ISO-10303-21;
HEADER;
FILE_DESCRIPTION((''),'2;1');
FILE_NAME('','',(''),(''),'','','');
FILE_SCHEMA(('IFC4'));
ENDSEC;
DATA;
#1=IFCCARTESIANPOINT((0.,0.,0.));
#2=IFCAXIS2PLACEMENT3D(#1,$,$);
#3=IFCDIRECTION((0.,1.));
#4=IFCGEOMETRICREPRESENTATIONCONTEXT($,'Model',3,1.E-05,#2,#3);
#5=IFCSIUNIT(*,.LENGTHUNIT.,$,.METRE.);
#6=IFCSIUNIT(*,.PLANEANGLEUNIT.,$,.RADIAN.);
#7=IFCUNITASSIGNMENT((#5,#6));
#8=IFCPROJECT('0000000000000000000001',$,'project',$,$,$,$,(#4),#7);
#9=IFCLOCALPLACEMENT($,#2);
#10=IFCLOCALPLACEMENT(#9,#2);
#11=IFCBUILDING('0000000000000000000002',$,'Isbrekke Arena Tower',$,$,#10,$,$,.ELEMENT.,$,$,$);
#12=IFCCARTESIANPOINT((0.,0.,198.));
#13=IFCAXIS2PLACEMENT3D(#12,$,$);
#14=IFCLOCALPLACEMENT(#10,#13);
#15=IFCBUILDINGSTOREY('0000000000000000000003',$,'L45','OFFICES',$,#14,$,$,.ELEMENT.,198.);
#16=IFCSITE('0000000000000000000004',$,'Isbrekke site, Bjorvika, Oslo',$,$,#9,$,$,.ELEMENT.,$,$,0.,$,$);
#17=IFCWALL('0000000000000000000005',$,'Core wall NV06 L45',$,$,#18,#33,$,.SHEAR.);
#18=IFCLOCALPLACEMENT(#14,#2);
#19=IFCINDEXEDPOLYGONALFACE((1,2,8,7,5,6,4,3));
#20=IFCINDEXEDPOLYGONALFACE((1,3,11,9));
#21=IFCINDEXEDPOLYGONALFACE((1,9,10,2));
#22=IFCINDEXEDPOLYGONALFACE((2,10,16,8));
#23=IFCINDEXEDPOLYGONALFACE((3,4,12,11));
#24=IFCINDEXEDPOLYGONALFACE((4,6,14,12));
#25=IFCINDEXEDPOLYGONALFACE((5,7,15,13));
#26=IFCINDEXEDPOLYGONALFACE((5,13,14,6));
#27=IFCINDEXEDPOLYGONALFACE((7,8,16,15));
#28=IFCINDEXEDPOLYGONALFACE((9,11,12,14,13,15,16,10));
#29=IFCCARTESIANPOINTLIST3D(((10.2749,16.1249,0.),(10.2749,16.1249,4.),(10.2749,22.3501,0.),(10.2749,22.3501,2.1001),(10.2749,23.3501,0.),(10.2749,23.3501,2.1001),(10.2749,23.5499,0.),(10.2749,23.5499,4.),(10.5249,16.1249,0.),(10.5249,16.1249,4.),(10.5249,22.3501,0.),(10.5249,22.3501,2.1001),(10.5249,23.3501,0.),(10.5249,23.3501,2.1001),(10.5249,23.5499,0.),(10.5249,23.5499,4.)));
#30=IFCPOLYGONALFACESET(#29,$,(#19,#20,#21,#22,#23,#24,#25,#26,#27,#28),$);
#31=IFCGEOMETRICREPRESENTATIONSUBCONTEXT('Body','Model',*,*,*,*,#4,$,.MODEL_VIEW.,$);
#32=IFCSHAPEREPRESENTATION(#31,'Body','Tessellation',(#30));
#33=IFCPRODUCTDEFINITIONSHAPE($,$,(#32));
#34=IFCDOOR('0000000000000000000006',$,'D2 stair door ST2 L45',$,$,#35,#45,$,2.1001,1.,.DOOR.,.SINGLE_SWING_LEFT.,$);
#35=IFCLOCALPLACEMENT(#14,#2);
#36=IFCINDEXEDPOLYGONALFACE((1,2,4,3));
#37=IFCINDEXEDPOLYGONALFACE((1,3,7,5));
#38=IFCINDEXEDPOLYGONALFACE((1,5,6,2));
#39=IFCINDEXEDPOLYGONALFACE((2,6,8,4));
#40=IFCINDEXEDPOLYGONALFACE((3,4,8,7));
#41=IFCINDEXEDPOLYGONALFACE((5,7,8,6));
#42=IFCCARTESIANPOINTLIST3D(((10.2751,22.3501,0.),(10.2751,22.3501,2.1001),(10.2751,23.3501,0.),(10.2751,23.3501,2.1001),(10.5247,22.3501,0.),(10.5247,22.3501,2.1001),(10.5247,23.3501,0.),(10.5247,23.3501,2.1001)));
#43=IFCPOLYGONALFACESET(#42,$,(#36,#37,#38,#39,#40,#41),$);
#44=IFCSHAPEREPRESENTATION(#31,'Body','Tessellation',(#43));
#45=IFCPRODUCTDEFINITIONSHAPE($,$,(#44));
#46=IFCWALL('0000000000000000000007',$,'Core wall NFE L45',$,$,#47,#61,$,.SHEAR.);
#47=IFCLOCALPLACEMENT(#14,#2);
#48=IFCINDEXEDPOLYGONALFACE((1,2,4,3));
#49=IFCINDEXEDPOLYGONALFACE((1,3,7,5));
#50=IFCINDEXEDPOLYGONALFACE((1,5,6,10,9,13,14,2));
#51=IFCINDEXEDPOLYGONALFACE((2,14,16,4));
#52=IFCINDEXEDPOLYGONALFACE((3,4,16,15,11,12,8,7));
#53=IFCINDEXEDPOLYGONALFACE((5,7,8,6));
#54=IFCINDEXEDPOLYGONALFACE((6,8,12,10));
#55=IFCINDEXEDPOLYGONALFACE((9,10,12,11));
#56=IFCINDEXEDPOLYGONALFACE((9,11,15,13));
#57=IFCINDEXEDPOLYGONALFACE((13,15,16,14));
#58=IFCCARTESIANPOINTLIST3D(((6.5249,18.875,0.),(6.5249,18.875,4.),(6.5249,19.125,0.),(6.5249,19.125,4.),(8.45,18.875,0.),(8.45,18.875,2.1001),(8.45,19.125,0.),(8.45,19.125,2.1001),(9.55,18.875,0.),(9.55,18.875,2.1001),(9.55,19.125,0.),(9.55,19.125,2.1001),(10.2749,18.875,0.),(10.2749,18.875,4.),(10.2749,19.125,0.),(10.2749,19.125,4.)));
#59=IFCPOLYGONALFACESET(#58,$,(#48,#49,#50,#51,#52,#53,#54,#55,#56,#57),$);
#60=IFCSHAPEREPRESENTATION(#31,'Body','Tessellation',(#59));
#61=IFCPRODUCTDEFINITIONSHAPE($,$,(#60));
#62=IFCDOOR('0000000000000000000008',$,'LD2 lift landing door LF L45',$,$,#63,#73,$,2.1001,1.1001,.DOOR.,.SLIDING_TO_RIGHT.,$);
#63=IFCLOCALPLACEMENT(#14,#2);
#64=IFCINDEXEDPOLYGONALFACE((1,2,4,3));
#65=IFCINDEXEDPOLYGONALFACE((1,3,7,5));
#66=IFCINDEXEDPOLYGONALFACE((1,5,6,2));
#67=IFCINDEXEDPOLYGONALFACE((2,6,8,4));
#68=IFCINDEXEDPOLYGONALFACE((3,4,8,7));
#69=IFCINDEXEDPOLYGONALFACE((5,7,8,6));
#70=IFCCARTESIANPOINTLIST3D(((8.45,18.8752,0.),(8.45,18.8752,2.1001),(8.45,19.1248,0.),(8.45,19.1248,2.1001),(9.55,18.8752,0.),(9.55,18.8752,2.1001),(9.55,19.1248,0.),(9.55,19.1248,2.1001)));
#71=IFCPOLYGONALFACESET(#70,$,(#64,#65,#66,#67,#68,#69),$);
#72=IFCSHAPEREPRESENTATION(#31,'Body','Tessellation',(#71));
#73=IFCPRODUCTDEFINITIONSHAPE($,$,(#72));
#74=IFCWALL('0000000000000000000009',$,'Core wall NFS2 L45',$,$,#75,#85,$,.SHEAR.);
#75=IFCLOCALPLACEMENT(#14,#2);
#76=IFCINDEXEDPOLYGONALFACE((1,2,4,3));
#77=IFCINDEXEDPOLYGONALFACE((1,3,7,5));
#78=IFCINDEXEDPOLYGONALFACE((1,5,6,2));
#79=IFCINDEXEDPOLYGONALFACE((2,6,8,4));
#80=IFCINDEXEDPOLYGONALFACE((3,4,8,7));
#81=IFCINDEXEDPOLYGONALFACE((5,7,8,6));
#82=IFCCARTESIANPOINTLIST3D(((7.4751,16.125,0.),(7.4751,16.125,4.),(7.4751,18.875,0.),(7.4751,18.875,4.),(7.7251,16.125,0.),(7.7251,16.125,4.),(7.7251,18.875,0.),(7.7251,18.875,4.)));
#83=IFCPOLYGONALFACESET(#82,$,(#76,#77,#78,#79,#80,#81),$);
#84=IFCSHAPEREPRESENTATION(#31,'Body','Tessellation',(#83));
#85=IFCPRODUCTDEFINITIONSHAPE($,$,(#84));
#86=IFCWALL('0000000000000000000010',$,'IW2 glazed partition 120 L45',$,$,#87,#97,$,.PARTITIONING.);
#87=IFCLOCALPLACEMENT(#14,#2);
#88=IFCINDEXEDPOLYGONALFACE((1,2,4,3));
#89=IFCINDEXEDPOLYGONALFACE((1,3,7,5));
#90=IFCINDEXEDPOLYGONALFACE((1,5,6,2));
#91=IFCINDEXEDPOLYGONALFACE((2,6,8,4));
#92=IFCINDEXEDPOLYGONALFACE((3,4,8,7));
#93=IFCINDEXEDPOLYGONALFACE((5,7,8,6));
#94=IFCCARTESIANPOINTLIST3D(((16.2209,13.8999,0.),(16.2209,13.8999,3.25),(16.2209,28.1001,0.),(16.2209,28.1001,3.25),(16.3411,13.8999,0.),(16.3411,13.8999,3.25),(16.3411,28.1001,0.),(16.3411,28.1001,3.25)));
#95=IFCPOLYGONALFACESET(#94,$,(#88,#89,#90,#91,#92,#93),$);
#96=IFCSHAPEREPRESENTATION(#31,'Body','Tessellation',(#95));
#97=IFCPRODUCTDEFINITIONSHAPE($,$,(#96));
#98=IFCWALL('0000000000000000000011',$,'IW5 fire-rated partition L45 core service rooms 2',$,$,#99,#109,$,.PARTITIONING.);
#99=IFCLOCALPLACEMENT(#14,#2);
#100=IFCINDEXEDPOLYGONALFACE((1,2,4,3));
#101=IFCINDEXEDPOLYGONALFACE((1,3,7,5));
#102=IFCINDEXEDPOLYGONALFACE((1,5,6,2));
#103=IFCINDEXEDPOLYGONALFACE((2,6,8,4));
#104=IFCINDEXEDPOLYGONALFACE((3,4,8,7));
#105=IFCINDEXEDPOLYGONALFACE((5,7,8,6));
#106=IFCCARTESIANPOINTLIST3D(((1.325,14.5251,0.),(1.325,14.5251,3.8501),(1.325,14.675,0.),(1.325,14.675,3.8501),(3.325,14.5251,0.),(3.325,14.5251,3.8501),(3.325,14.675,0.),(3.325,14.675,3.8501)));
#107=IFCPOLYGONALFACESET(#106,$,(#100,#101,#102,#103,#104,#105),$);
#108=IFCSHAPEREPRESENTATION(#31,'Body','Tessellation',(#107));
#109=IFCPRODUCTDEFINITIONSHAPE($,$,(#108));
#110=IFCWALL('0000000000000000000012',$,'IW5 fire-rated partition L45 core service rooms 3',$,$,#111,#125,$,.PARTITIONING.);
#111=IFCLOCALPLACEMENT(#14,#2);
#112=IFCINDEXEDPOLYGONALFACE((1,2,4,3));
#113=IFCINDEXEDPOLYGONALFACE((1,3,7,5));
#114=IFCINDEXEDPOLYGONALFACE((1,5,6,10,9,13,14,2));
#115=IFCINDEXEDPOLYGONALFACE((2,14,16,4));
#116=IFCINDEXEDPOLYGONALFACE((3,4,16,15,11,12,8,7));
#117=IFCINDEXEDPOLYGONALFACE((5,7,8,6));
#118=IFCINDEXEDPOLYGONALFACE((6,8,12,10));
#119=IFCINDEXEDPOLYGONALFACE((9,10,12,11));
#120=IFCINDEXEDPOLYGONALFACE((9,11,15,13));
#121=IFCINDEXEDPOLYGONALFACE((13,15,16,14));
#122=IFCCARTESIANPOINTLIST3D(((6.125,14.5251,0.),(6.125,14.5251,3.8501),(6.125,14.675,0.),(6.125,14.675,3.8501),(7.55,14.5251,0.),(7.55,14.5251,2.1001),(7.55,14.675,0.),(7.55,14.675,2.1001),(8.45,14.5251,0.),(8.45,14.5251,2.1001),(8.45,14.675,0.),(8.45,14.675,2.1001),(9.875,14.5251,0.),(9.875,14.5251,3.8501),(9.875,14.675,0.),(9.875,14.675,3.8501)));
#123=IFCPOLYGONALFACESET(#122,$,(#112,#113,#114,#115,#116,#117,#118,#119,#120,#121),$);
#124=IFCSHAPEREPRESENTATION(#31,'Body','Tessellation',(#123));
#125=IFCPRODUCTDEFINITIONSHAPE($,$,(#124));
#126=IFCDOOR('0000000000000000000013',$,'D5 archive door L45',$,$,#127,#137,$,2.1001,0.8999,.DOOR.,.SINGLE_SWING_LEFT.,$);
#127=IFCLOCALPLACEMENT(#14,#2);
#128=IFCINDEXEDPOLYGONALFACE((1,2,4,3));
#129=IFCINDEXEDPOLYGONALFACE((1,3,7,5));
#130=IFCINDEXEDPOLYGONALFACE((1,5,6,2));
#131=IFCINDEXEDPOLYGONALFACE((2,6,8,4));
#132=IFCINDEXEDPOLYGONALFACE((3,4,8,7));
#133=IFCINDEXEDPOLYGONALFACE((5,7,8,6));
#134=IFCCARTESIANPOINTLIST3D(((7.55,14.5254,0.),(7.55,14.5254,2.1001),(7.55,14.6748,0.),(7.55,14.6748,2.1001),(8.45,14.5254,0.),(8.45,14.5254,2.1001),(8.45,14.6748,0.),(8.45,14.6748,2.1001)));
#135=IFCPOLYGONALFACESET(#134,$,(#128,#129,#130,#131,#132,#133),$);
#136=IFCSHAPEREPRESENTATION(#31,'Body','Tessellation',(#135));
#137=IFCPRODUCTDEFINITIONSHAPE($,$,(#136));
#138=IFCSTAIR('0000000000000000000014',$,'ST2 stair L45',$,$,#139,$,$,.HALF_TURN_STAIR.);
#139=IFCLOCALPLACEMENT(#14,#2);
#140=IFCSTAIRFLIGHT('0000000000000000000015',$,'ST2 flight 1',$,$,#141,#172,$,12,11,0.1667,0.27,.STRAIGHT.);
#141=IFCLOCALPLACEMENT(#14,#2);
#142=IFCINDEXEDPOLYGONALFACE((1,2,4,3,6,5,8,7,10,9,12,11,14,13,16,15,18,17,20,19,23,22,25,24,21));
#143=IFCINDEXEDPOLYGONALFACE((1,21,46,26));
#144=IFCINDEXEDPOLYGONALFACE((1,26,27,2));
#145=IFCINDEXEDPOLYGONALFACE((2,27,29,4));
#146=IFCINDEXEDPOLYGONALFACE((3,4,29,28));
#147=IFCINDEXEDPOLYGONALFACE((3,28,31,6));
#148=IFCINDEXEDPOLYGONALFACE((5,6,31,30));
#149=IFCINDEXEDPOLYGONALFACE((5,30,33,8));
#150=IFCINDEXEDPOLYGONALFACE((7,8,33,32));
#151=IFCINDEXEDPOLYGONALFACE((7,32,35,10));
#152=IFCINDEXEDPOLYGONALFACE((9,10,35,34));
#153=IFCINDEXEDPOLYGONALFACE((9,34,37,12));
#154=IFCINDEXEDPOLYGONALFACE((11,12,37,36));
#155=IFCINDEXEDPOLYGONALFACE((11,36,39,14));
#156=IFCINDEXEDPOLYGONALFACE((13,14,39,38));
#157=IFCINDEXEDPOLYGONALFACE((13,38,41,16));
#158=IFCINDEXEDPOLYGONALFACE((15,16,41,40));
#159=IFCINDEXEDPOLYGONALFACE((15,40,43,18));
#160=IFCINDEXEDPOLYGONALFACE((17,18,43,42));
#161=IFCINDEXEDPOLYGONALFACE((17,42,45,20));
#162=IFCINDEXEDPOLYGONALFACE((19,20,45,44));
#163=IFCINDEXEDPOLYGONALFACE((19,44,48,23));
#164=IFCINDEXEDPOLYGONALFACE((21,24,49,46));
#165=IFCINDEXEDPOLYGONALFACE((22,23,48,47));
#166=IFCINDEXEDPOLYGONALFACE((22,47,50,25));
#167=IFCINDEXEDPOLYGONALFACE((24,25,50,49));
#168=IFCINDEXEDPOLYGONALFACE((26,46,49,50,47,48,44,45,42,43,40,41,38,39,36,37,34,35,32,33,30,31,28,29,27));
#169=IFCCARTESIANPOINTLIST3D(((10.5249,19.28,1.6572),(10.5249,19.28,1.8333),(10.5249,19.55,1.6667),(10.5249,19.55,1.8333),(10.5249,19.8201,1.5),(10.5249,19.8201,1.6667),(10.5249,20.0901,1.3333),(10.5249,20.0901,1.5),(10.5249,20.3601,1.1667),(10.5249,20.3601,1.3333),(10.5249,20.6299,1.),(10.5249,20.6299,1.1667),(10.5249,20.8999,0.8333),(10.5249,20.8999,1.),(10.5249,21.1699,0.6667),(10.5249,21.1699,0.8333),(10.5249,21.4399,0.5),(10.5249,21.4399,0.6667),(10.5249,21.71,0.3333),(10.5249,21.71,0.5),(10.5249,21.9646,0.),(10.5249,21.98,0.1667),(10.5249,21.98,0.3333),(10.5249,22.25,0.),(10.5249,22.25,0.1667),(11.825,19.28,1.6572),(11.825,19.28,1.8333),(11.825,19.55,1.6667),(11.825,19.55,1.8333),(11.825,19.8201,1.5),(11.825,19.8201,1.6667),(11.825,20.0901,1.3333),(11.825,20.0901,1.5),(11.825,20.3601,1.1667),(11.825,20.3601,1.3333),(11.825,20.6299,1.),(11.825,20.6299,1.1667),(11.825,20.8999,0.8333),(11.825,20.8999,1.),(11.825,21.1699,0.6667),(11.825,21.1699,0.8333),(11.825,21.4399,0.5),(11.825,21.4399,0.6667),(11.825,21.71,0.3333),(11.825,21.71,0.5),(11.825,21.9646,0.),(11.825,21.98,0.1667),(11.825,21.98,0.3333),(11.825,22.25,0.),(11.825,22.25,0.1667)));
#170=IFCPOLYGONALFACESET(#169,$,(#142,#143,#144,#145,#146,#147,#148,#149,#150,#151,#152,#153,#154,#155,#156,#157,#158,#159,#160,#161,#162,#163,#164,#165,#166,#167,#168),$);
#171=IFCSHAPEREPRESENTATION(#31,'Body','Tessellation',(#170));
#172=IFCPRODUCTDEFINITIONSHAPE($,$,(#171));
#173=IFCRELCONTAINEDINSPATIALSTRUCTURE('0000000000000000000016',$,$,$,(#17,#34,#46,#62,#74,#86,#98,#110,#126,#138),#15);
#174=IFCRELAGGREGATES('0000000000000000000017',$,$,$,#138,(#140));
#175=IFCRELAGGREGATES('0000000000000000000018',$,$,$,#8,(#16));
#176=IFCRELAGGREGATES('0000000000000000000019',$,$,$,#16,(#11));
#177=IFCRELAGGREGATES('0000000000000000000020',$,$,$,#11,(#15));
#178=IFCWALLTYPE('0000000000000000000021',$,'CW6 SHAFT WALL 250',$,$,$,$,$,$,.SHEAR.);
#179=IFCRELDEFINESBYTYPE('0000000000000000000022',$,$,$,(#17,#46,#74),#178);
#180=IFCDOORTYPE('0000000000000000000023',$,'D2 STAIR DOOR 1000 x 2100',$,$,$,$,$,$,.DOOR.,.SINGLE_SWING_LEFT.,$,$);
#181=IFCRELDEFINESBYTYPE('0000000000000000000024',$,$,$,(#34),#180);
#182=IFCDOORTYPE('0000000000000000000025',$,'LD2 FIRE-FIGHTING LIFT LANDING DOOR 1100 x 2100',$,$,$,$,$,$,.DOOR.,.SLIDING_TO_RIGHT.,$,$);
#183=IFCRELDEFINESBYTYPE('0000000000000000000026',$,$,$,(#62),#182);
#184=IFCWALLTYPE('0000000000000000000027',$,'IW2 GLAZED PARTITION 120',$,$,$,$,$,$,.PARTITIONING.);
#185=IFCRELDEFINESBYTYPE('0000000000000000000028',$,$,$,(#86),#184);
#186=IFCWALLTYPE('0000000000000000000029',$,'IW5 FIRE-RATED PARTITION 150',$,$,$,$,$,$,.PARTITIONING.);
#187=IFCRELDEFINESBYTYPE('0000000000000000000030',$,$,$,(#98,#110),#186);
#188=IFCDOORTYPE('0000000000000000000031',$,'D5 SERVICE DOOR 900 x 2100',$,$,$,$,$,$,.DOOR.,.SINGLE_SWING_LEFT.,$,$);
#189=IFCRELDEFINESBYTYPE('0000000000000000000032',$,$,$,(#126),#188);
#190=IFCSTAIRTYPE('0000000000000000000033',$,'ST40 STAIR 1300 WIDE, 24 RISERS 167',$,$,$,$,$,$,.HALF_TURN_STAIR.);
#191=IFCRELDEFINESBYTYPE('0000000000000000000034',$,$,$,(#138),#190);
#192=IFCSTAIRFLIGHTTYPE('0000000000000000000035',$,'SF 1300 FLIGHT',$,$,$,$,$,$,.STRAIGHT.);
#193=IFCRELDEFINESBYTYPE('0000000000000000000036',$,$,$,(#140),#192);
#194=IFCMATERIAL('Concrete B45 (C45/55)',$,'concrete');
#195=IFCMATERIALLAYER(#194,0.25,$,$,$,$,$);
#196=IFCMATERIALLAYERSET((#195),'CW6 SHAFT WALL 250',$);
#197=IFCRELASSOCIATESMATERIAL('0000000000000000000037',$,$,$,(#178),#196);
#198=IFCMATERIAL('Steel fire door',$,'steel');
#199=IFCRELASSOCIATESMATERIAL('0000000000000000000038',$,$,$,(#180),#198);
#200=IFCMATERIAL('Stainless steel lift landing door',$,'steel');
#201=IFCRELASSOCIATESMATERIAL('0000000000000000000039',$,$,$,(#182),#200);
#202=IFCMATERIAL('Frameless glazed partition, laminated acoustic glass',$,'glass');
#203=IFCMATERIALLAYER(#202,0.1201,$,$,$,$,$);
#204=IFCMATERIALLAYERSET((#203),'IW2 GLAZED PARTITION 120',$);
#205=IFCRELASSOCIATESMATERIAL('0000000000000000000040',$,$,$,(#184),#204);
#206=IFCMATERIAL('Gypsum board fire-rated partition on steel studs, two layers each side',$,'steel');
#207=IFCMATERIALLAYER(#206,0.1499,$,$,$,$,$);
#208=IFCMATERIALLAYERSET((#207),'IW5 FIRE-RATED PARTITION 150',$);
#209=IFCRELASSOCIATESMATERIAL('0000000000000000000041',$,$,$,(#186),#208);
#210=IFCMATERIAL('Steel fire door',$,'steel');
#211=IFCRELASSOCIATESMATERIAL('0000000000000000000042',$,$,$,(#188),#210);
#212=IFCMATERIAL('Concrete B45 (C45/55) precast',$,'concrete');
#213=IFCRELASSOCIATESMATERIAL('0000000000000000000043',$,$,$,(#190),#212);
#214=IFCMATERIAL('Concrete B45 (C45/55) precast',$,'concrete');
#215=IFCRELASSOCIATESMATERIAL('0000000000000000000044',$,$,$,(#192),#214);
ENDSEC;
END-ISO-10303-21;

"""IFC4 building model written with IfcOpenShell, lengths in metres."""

from ifc_helpers import new_model, si_unit, direction, frame, frame_2d, origin, place, context, subcontext, project, spatial, polyline, rectangle, outline, extrude, material, layer, layer_set, type_object, element, fill, aggregate, save


model = new_model("IFC4")

# Units and contexts
model_context = context("Model", 3, precision=1e-05, world=origin(), true_north=direction((0.0, 1.0)))
body_context = subcontext(model_context, "Body", "Model", "MODEL_VIEW")
ifc_project = project(units=[si_unit("LENGTHUNIT", "METRE"), si_unit("PLANEANGLEUNIT", "RADIAN")], contexts=[model_context])

# Site, building, storey
site_placement = place(None, origin())
site = spatial("IfcSite", under=ifc_project, at=site_placement, Name="Isbrekke site, Bjorvika, Oslo", CompositionType="ELEMENT", RefElevation=0.0)
building_placement = place(site_placement, origin())
building = spatial("IfcBuilding", under=site, at=building_placement, Name="Isbrekke Arena Tower", CompositionType="ELEMENT")
storey_placement = place(building_placement, frame((0.0, 0.0, 198.0)))
storey = spatial("IfcBuildingStorey", under=building, at=storey_placement, Name="L45", Description="OFFICES", CompositionType="ELEMENT", Elevation=198.0)

# Shared definitions
ifc_material_1 = material(Name="Concrete B45 (C45/55)", Category="concrete")
ifc_layer_1 = layer(ifc_material_1, 0.25)
ifc_layer_set_1 = layer_set([ifc_layer_1], Name="CW6 SHAFT WALL 250")
wall_type_1 = type_object("IfcWallType", Name="CW6 SHAFT WALL 250", PredefinedType="SHEAR", material=ifc_layer_set_1)

# Walls, openings, doors
wall_1_placement = place(storey_placement, frame((10.3999, 16.125, 0.0), z_axis=(0.0, 0.0, 1.0), x_axis=(0.0, 1.0, 0.0)))
wall_1 = element("IfcWall", 1, at=wall_1_placement, inside=storey, type_object=wall_type_1, Name="Core wall NV06 L45", PredefinedType="SHEAR", context=body_context, shape_type="SweptSolid", body=[
    extrude(rectangle(XDim=7.425, YDim=0.25, at=frame_2d((3.7124, 0.0))), origin(), (0.0, 0.0, 1.0), 4.0),
])
opening_1_placement = place(wall_1_placement, frame((6.2251, 0.0, 0.0)))
opening_1 = element("IfcOpeningElement", 2, at=opening_1_placement, cuts=wall_1, PredefinedType="OPENING", context=body_context, shape_type="SweptSolid", body=[
    extrude(rectangle(XDim=1.0, YDim=2.1001, at=frame_2d((0.5, 1.05))), frame((0.0, 0.1399, 0.0), z_axis=(0.0, -1.0, 0.0), x_axis=(1.0, 0.0, 0.0)), (0.0, 0.0, 1.0), 0.2798),
])
ifc_material_2 = material(Name="Steel fire door", Category="steel")
door_type_1 = type_object("IfcDoorType", Name="D2 STAIR DOOR 1000 x 2100", OperationType="SINGLE_SWING_LEFT", PredefinedType="DOOR", material=ifc_material_2)
door_1_placement = place(opening_1_placement, origin())
door_1 = element("IfcDoor", 3, at=door_1_placement, inside=storey, type_object=door_type_1, Name="D2 stair door ST2 L45", OperationType="SINGLE_SWING_LEFT", OverallHeight=2.1001, OverallWidth=1.0, PredefinedType="DOOR", context=body_context, shape_type="SweptSolid", body=[
    extrude(rectangle(XDim=1.0, YDim=2.1001, at=frame_2d((0.5, 1.05))), frame((0.0, 0.1248, 0.0), z_axis=(0.0, -1.0, 0.0), x_axis=(1.0, 0.0, 0.0)), (0.0, 0.0, 1.0), 0.2495),
])
fill(opening_1, door_1)
wall_2_placement = place(storey_placement, frame((6.5249, 19.0, 0.0), z_axis=(0.0, 0.0, 1.0), x_axis=(1.0, 0.0, 0.0)))
wall_2 = element("IfcWall", 4, at=wall_2_placement, inside=storey, type_object=wall_type_1, Name="Core wall NFE L45", PredefinedType="SHEAR", context=body_context, shape_type="SweptSolid", body=[
    extrude(rectangle(XDim=3.75, YDim=0.25, at=frame_2d((1.875, 0.0))), origin(), (0.0, 0.0, 1.0), 4.0),
])
opening_2_placement = place(wall_2_placement, frame((1.925, 0.0, 0.0)))
opening_2 = element("IfcOpeningElement", 5, at=opening_2_placement, cuts=wall_2, PredefinedType="OPENING", context=body_context, shape_type="SweptSolid", body=[
    extrude(rectangle(XDim=1.1001, YDim=2.1001, at=frame_2d((0.55, 1.05))), frame((0.0, 0.1399, 0.0), z_axis=(0.0, -1.0, 0.0), x_axis=(1.0, 0.0, 0.0)), (0.0, 0.0, 1.0), 0.2798),
])
ifc_material_3 = material(Name="Stainless steel lift landing door", Category="steel")
door_type_2 = type_object("IfcDoorType", Name="LD2 FIRE-FIGHTING LIFT LANDING DOOR 1100 x 2100", OperationType="SLIDING_TO_RIGHT", PredefinedType="DOOR", material=ifc_material_3)
door_2_placement = place(opening_2_placement, origin())
door_2 = element("IfcDoor", 6, at=door_2_placement, inside=storey, type_object=door_type_2, Name="LD2 lift landing door LF L45", OperationType="SLIDING_TO_RIGHT", OverallHeight=2.1001, OverallWidth=1.1001, PredefinedType="DOOR", context=body_context, shape_type="SweptSolid", body=[
    extrude(rectangle(XDim=1.1001, YDim=2.1001, at=frame_2d((0.55, 1.05))), frame((0.0, 0.1248, 0.0), z_axis=(0.0, -1.0, 0.0), x_axis=(1.0, 0.0, 0.0)), (0.0, 0.0, 1.0), 0.2495),
])
fill(opening_2, door_2)

# Walls
wall_3_placement = place(storey_placement, frame((7.6001, 16.125, 0.0), z_axis=(0.0, 0.0, 1.0), x_axis=(0.0, 1.0, 0.0)))
element("IfcWall", 7, at=wall_3_placement, inside=storey, type_object=wall_type_1, Name="Core wall NFS2 L45", PredefinedType="SHEAR", context=body_context, shape_type="SweptSolid", body=[
    extrude(rectangle(XDim=2.75, YDim=0.25, at=frame_2d((1.375, 0.0))), origin(), (0.0, 0.0, 1.0), 4.0),
])
ifc_material_4 = material(Name="Frameless glazed partition, laminated acoustic glass", Category="glass")
ifc_layer_2 = layer(ifc_material_4, 0.1201)
ifc_layer_set_2 = layer_set([ifc_layer_2], Name="IW2 GLAZED PARTITION 120")
wall_type_2 = type_object("IfcWallType", Name="IW2 GLAZED PARTITION 120", PredefinedType="PARTITIONING", material=ifc_layer_set_2)
wall_4_placement = place(storey_placement, frame((16.281, 13.8999, 0.0), z_axis=(0.0, 0.0, 1.0), x_axis=(0.0, 1.0, 0.0)))
element("IfcWall", 8, at=wall_4_placement, inside=storey, type_object=wall_type_2, Name="IW2 glazed partition 120 L45", PredefinedType="PARTITIONING", context=body_context, shape_type="SweptSolid", body=[
    extrude(rectangle(XDim=14.2002, YDim=0.1201, at=frame_2d((7.1001, 0.0))), origin(), (0.0, 0.0, 1.0), 3.25),
])
ifc_material_5 = material(Name="Gypsum board fire-rated partition on steel studs, two layers each side", Category="steel")
ifc_layer_3 = layer(ifc_material_5, 0.1499)
ifc_layer_set_3 = layer_set([ifc_layer_3], Name="IW5 FIRE-RATED PARTITION 150")
wall_type_3 = type_object("IfcWallType", Name="IW5 FIRE-RATED PARTITION 150", PredefinedType="PARTITIONING", material=ifc_layer_set_3)
wall_5_placement = place(storey_placement, frame((1.325, 14.6001, 0.0), z_axis=(0.0, 0.0, 1.0), x_axis=(1.0, 0.0, 0.0)))
element("IfcWall", 9, at=wall_5_placement, inside=storey, type_object=wall_type_3, Name="IW5 fire-rated partition L45 core service rooms 2", PredefinedType="PARTITIONING", context=body_context, shape_type="SweptSolid", body=[
    extrude(rectangle(XDim=2.0, YDim=0.1499, at=frame_2d((1.0, 0.0))), origin(), (0.0, 0.0, 1.0), 3.8501),
])

# Wall, opening, door
wall_6_placement = place(storey_placement, frame((6.125, 14.6001, 0.0), z_axis=(0.0, 0.0, 1.0), x_axis=(1.0, 0.0, 0.0)))
wall_6 = element("IfcWall", 10, at=wall_6_placement, inside=storey, type_object=wall_type_3, Name="IW5 fire-rated partition L45 core service rooms 3", PredefinedType="PARTITIONING", context=body_context, shape_type="SweptSolid", body=[
    extrude(rectangle(XDim=3.75, YDim=0.1499, at=frame_2d((1.875, 0.0))), origin(), (0.0, 0.0, 1.0), 3.8501),
])
opening_3_placement = place(wall_6_placement, frame((1.425, 0.0, 0.0)))
opening_3 = element("IfcOpeningElement", 11, at=opening_3_placement, cuts=wall_6, PredefinedType="OPENING", context=body_context, shape_type="SweptSolid", body=[
    extrude(rectangle(XDim=0.8999, YDim=2.1001, at=frame_2d((0.45, 1.05))), frame((0.0, 0.0898, 0.0), z_axis=(0.0, -1.0, 0.0), x_axis=(1.0, 0.0, 0.0)), (0.0, 0.0, 1.0), 0.1797),
])
ifc_material_6 = material(Name="Steel fire door", Category="steel")
door_type_3 = type_object("IfcDoorType", Name="D5 SERVICE DOOR 900 x 2100", OperationType="SINGLE_SWING_LEFT", PredefinedType="DOOR", material=ifc_material_6)
door_3_placement = place(opening_3_placement, origin())
door_3 = element("IfcDoor", 12, at=door_3_placement, inside=storey, type_object=door_type_3, Name="D5 archive door L45", OperationType="SINGLE_SWING_LEFT", OverallHeight=2.1001, OverallWidth=0.8999, PredefinedType="DOOR", context=body_context, shape_type="SweptSolid", body=[
    extrude(rectangle(XDim=0.8999, YDim=2.1001, at=frame_2d((0.45, 1.05))), frame((0.0, 0.0747, 0.0), z_axis=(0.0, -1.0, 0.0), x_axis=(1.0, 0.0, 0.0)), (0.0, 0.0, 1.0), 0.1494),
])
fill(opening_3, door_3)

# Stair, stair flight
ifc_material_7 = material(Name="Concrete B45 (C45/55) precast", Category="concrete")
stair_type = type_object("IfcStairType", Name="ST40 STAIR 1300 WIDE, 24 RISERS 167", PredefinedType="HALF_TURN_STAIR", material=ifc_material_7)
stair_placement = place(storey_placement, origin())
stair = element("IfcStair", 13, at=stair_placement, inside=storey, type_object=stair_type, Name="ST2 stair L45", PredefinedType="HALF_TURN_STAIR")
ifc_material_8 = material(Name="Concrete B45 (C45/55) precast", Category="concrete")
stair_flight_type = type_object("IfcStairFlightType", Name="SF 1300 FLIGHT", PredefinedType="STRAIGHT", material=ifc_material_8)
stair_flight_1_placement = place(storey_placement, frame((11.175, 22.25, 0.0), z_axis=(0.0, 0.0, 1.0), x_axis=(0.0, -1.0, 0.0)))
stair_flight_1 = element("IfcStairFlight", 14, at=stair_flight_1_placement, type_object=stair_flight_type, Name="ST2 flight 1", NumberOfRisers=12, NumberOfTreads=11, PredefinedType="STRAIGHT", RiserHeight=0.1667, TreadLength=0.27, context=body_context, shape_type="SweptSolid", body=[
    extrude(outline(polyline([(0.0, 0.0), (0.0, 0.1667), (0.27, 0.1667), (0.27, 0.3333), (0.54, 0.3333), (0.54, 0.5), (0.8101, 0.5), (0.8101, 0.6667), (1.0801, 0.6667), (1.0801, 0.8333), (1.3501, 0.8333), (1.3501, 1.0), (1.6201, 1.0), (1.6201, 1.1667), (1.8899, 1.1667), (1.8899, 1.3333), (2.1599, 1.3333), (2.1599, 1.5), (2.4299, 1.5), (2.4299, 1.6667), (2.7, 1.6667), (2.7, 1.8333), (2.97, 1.8333), (2.97, 2.0), (2.97, 1.6572), (0.2854, 0.0), (0.0, 0.0)])), frame((0.0, 0.6499, 0.0), z_axis=(0.0, -1.0, 0.0), x_axis=(1.0, 0.0, 0.0)), (0.0, 0.0, 1.0), 1.3),
])
aggregate(stair, [stair_flight_1])

save(model, "model.ifc")
